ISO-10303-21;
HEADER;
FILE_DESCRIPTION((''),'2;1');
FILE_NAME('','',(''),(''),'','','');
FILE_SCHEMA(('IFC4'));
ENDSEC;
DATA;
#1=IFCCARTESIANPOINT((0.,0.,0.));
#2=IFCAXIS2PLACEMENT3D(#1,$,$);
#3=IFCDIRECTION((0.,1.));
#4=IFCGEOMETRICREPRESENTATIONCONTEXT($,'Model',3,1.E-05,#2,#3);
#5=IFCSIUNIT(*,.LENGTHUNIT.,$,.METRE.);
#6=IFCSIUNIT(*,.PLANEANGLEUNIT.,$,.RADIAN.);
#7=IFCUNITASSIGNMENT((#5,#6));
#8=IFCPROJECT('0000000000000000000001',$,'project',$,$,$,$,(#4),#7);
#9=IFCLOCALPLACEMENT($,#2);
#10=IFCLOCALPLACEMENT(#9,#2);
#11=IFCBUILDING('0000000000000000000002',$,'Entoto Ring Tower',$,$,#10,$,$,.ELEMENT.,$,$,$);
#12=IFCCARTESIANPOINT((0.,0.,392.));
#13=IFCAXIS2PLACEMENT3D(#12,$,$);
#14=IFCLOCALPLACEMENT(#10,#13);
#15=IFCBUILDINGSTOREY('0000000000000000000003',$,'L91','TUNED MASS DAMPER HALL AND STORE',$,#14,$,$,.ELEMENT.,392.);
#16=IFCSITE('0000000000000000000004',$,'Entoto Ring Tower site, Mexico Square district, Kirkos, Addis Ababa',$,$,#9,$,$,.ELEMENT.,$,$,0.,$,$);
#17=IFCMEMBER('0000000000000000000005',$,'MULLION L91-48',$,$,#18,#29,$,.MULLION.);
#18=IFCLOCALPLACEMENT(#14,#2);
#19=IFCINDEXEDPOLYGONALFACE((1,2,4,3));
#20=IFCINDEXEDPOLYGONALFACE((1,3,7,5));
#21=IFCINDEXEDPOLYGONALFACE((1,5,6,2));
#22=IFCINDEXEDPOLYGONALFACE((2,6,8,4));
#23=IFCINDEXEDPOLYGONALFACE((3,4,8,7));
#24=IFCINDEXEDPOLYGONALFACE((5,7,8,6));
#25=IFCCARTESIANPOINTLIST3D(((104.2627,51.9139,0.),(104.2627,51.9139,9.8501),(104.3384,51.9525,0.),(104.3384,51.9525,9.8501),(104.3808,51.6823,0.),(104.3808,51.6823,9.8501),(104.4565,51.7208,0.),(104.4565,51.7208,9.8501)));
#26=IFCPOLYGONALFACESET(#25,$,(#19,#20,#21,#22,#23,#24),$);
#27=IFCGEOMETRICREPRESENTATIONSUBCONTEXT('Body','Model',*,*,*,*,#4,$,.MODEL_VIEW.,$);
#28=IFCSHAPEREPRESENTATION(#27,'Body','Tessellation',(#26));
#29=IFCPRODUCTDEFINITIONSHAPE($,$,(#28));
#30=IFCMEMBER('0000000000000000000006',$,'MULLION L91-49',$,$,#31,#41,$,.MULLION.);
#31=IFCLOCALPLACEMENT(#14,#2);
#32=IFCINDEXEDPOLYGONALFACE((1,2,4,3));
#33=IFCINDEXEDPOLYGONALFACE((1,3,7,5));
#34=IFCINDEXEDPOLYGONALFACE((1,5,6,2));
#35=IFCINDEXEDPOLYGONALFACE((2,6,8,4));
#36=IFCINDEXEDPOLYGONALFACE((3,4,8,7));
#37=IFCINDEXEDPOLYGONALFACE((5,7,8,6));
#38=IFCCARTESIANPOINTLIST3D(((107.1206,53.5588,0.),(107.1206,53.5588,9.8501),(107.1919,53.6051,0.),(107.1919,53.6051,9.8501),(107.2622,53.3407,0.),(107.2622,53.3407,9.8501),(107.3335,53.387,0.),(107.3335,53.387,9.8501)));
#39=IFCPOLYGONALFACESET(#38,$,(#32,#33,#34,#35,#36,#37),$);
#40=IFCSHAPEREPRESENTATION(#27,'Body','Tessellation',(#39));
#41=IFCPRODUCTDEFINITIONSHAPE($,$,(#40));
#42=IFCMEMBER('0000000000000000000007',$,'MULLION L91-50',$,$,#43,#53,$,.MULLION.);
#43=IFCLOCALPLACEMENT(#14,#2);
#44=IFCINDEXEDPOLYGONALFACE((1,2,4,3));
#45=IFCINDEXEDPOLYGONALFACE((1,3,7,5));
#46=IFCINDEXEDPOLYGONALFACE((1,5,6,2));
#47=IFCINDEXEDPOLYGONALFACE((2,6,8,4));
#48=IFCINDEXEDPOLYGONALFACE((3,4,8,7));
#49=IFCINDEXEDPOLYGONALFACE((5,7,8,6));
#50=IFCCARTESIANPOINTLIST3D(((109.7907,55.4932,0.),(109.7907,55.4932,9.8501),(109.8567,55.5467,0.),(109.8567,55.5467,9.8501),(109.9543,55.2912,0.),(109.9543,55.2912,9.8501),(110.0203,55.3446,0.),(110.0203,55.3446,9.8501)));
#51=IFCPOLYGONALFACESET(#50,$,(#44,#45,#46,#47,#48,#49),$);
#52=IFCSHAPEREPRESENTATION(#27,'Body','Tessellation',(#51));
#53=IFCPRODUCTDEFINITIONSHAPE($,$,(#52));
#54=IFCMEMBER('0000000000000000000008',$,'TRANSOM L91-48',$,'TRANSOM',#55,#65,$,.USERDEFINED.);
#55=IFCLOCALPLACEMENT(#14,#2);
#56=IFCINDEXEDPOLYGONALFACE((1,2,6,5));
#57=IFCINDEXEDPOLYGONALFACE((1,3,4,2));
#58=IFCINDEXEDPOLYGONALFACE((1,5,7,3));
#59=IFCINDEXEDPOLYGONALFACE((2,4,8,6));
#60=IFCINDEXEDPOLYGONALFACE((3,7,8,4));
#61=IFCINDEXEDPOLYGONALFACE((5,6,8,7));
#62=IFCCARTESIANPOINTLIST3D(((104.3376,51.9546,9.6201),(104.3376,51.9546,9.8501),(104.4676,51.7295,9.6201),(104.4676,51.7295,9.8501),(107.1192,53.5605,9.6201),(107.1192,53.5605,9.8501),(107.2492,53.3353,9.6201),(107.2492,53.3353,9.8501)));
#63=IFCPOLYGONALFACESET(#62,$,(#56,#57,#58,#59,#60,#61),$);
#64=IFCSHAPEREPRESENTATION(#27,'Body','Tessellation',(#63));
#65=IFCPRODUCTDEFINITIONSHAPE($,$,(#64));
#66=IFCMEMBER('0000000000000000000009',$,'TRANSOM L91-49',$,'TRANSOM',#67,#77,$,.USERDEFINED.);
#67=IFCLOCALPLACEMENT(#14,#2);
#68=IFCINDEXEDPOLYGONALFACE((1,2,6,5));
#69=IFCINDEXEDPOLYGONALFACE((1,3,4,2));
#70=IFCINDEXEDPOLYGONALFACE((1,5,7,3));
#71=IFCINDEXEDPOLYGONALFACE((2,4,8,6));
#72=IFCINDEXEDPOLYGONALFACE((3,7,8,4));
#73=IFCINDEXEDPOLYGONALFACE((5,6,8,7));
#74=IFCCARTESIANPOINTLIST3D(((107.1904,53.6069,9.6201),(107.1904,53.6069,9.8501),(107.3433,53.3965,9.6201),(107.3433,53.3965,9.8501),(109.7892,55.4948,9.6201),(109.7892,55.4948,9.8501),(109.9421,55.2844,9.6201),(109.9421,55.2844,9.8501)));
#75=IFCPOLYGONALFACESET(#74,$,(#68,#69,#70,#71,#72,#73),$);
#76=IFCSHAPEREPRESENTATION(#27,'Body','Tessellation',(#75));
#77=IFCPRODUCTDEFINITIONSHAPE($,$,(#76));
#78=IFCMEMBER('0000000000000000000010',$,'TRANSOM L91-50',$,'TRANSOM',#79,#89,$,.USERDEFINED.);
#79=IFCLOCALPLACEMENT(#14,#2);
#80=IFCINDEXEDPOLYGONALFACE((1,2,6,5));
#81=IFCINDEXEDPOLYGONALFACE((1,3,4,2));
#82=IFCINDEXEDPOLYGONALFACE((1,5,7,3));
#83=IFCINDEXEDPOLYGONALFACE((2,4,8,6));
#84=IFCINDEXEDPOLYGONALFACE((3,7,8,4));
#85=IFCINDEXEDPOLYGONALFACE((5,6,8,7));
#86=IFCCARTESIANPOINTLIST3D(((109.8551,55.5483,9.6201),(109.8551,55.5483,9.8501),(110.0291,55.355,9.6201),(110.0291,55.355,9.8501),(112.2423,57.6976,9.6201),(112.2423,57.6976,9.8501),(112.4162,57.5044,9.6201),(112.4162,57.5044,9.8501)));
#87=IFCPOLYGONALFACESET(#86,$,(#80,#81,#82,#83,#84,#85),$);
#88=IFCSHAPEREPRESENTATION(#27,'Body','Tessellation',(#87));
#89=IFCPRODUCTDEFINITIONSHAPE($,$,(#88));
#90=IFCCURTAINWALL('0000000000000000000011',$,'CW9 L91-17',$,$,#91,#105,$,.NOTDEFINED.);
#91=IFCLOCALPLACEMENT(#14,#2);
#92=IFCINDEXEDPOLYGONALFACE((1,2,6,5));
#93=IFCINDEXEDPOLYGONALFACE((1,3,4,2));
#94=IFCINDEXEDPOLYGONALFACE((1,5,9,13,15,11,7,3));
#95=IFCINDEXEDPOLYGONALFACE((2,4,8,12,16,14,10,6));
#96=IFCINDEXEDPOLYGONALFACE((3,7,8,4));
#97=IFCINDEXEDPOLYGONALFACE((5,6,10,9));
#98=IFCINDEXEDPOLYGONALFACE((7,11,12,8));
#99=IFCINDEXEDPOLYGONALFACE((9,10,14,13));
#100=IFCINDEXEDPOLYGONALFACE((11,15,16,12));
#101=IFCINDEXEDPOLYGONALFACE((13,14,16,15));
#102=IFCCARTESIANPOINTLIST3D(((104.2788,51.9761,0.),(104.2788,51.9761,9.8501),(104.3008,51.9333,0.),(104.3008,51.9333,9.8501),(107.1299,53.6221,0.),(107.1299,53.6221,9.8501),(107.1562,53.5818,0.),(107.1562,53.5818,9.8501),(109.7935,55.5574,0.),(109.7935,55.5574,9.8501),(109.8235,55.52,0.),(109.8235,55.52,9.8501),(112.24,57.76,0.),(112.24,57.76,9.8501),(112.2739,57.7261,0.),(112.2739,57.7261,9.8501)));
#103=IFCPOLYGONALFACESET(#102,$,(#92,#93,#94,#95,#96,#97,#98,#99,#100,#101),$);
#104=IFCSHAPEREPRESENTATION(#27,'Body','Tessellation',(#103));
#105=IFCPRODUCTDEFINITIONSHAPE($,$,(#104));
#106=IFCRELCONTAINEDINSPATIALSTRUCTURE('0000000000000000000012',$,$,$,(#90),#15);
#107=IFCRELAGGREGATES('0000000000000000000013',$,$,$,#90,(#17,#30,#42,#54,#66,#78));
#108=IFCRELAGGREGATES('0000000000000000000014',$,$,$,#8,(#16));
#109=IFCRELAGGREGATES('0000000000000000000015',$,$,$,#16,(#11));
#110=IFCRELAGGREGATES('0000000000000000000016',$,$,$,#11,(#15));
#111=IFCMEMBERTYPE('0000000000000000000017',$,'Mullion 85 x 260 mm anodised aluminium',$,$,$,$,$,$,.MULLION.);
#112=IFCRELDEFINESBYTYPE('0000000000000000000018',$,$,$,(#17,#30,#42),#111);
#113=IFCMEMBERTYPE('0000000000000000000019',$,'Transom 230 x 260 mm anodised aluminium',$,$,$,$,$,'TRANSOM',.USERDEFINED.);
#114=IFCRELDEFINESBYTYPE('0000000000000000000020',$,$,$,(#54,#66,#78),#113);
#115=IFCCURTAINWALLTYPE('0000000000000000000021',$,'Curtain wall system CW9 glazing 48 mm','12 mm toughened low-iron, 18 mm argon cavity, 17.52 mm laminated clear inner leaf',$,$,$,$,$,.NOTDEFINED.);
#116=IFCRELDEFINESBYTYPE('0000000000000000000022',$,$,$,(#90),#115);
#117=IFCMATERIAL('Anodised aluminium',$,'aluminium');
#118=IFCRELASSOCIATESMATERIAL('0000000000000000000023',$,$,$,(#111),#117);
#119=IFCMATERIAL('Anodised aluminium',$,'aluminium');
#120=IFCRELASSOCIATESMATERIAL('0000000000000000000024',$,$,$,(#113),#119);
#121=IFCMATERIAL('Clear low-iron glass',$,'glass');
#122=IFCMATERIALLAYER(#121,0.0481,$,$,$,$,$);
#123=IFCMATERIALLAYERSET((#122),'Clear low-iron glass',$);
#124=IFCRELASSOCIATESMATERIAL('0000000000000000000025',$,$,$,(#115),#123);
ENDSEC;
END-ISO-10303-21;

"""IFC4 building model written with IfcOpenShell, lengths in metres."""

from ifc_helpers import new_model, si_unit, direction, frame, origin, origin_2d, place, context, subcontext, project, spatial, polyline, rectangle, outline, extrude, material, layer, layer_set, material_profile, profile_set, type_object, element, aggregate, save


model = new_model("IFC4")

# Units and contexts
model_context = context("Model", 3, precision=1e-05, world=origin(), true_north=direction((0.0, 1.0)))
body_context = subcontext(model_context, "Body", "Model", "MODEL_VIEW")
ifc_project = project(units=[si_unit("LENGTHUNIT", "METRE"), si_unit("PLANEANGLEUNIT", "RADIAN")], contexts=[model_context])

# Members
ifc_material_1 = material(Name="Anodised aluminium", Category="aluminium")
ifc_material_profile_1 = material_profile(ifc_material_1, rectangle(XDim=0.085, YDim=0.26, at=origin_2d()), Name="Mullion 85 x 260 mm anodised aluminium")
ifc_profile_set_1 = profile_set([ifc_material_profile_1], Name="Anodised aluminium")
member_type_1 = type_object("IfcMemberType", Name="Mullion 85 x 260 mm anodised aluminium", PredefinedType="MULLION", material=ifc_profile_set_1)
site_placement = place(None, origin())
building_placement = place(site_placement, origin())
storey_placement = place(building_placement, frame((0.0, 0.0, 392.0)))
member_1_placement = place(storey_placement, frame((104.3596, 51.8174, 0.0), z_axis=(0.0, 0.0, 1.0), x_axis=(0.891007, 0.45399, 0.0)))
member_1 = element("IfcMember", 1, at=member_1_placement, type_object=member_type_1, Name="MULLION L91-48", PredefinedType="MULLION", context=body_context, shape_type="SweptSolid", body=[
    extrude(rectangle(XDim=0.085, YDim=0.26, at=origin_2d()), origin(), (0.0, 0.0, 1.0), 9.8501),
])
member_2_placement = place(storey_placement, frame((107.2271, 53.4729, 0.0), z_axis=(0.0, 0.0, 1.0), x_axis=(0.838671, 0.544639, 0.0)))
member_2 = element("IfcMember", 2, at=member_2_placement, type_object=member_type_1, Name="MULLION L91-49", PredefinedType="MULLION", context=body_context, shape_type="SweptSolid", body=[
    extrude(rectangle(XDim=0.085, YDim=0.26, at=origin_2d()), origin(), (0.0, 0.0, 1.0), 9.8501),
])
member_3_placement = place(storey_placement, frame((109.9055, 55.4189, 0.0), z_axis=(0.0, 0.0, 1.0), x_axis=(0.777146, 0.62932, 0.0)))
member_3 = element("IfcMember", 3, at=member_3_placement, type_object=member_type_1, Name="MULLION L91-50", PredefinedType="MULLION", context=body_context, shape_type="SweptSolid", body=[
    extrude(rectangle(XDim=0.085, YDim=0.26, at=origin_2d()), origin(), (0.0, 0.0, 1.0), 9.8501),
])
ifc_material_2 = material(Name="Anodised aluminium", Category="aluminium")
ifc_material_profile_2 = material_profile(ifc_material_2, rectangle(XDim=0.26, YDim=0.23, at=origin_2d()), Name="Transom 230 x 260 mm anodised aluminium")
ifc_profile_set_2 = profile_set([ifc_material_profile_2], Name="Anodised aluminium")
member_type_2 = type_object("IfcMemberType", Name="Transom 230 x 260 mm anodised aluminium", ElementType="TRANSOM", PredefinedType="USERDEFINED", material=ifc_profile_set_2)
member_4_placement = place(storey_placement, frame((104.4026, 51.842, 9.7351), z_axis=(0.866036, 0.499981, 0.0), x_axis=(-0.499981, 0.866036, 0.0)))
member_4 = element("IfcMember", 4, at=member_4_placement, type_object=member_type_2, Name="TRANSOM L91-48", ObjectType="TRANSOM", PredefinedType="USERDEFINED", context=body_context, shape_type="SweptSolid", body=[
    extrude(rectangle(XDim=0.26, YDim=0.23, at=origin_2d()), origin(), (0.0, 0.0, 1.0), 3.2119),
])
member_5_placement = place(storey_placement, frame((107.2668, 53.5017, 9.7351), z_axis=(0.809055, 0.587733, 0.0), x_axis=(-0.587733, 0.809055, 0.0)))
member_5 = element("IfcMember", 5, at=member_5_placement, type_object=member_type_2, Name="TRANSOM L91-49", ObjectType="TRANSOM", PredefinedType="USERDEFINED", context=body_context, shape_type="SweptSolid", body=[
    extrude(rectangle(XDim=0.26, YDim=0.23, at=origin_2d()), origin(), (0.0, 0.0, 1.0), 3.2122),
])
member_6_placement = place(storey_placement, frame((109.9421, 55.4517, 9.7351), z_axis=(0.743151, 0.669124, 0.0), x_axis=(-0.669124, 0.743151, 0.0)))
member_6 = element("IfcMember", 6, at=member_6_placement, type_object=member_type_2, Name="TRANSOM L91-50", ObjectType="TRANSOM", PredefinedType="USERDEFINED", context=body_context, shape_type="SweptSolid", body=[
    extrude(rectangle(XDim=0.26, YDim=0.23, at=origin_2d()), origin(), (0.0, 0.0, 1.0), 3.2122),
])

# Site, building, storey
site = spatial("IfcSite", under=ifc_project, at=site_placement, Name="Entoto Ring Tower site, Mexico Square district, Kirkos, Addis Ababa", CompositionType="ELEMENT", RefElevation=0.0)
building = spatial("IfcBuilding", under=site, at=building_placement, Name="Entoto Ring Tower", CompositionType="ELEMENT")
storey = spatial("IfcBuildingStorey", under=building, at=storey_placement, Name="L91", Description="TUNED MASS DAMPER HALL AND STORE", CompositionType="ELEMENT", Elevation=392.0)

# Curtain wall
ifc_material_3 = material(Name="Clear low-iron glass", Category="glass")
ifc_layer = layer(ifc_material_3, 0.0481)
ifc_layer_set = layer_set([ifc_layer], Name="Clear low-iron glass")
curtain_wall_type = type_object("IfcCurtainWallType", Name="Curtain wall system CW9 glazing 48 mm", Description="12 mm toughened low-iron, 18 mm argon cavity, 17.52 mm laminated clear inner leaf", PredefinedType="NOTDEFINED", material=ifc_layer_set)
curtain_wall_1_placement = place(storey_placement, origin())
curtain_wall_1 = element("IfcCurtainWall", 7, at=curtain_wall_1_placement, inside=storey, type_object=curtain_wall_type, Name="CW9 L91-17", PredefinedType="NOTDEFINED", context=body_context, shape_type="SweptSolid", body=[
    extrude(outline(polyline([(104.3008, 51.9333), (107.1562, 53.5818), (109.8235, 55.52), (112.2739, 57.7261), (112.24, 57.76), (109.7935, 55.5574), (107.1299, 53.6221), (104.2788, 51.9761), (104.3008, 51.9333)])), origin(), (0.0, 0.0, 1.0), 9.8501),
])
aggregate(curtain_wall_1, [member_1, member_2, member_3, member_4, member_5, member_6])

save(model, "model.ifc")
